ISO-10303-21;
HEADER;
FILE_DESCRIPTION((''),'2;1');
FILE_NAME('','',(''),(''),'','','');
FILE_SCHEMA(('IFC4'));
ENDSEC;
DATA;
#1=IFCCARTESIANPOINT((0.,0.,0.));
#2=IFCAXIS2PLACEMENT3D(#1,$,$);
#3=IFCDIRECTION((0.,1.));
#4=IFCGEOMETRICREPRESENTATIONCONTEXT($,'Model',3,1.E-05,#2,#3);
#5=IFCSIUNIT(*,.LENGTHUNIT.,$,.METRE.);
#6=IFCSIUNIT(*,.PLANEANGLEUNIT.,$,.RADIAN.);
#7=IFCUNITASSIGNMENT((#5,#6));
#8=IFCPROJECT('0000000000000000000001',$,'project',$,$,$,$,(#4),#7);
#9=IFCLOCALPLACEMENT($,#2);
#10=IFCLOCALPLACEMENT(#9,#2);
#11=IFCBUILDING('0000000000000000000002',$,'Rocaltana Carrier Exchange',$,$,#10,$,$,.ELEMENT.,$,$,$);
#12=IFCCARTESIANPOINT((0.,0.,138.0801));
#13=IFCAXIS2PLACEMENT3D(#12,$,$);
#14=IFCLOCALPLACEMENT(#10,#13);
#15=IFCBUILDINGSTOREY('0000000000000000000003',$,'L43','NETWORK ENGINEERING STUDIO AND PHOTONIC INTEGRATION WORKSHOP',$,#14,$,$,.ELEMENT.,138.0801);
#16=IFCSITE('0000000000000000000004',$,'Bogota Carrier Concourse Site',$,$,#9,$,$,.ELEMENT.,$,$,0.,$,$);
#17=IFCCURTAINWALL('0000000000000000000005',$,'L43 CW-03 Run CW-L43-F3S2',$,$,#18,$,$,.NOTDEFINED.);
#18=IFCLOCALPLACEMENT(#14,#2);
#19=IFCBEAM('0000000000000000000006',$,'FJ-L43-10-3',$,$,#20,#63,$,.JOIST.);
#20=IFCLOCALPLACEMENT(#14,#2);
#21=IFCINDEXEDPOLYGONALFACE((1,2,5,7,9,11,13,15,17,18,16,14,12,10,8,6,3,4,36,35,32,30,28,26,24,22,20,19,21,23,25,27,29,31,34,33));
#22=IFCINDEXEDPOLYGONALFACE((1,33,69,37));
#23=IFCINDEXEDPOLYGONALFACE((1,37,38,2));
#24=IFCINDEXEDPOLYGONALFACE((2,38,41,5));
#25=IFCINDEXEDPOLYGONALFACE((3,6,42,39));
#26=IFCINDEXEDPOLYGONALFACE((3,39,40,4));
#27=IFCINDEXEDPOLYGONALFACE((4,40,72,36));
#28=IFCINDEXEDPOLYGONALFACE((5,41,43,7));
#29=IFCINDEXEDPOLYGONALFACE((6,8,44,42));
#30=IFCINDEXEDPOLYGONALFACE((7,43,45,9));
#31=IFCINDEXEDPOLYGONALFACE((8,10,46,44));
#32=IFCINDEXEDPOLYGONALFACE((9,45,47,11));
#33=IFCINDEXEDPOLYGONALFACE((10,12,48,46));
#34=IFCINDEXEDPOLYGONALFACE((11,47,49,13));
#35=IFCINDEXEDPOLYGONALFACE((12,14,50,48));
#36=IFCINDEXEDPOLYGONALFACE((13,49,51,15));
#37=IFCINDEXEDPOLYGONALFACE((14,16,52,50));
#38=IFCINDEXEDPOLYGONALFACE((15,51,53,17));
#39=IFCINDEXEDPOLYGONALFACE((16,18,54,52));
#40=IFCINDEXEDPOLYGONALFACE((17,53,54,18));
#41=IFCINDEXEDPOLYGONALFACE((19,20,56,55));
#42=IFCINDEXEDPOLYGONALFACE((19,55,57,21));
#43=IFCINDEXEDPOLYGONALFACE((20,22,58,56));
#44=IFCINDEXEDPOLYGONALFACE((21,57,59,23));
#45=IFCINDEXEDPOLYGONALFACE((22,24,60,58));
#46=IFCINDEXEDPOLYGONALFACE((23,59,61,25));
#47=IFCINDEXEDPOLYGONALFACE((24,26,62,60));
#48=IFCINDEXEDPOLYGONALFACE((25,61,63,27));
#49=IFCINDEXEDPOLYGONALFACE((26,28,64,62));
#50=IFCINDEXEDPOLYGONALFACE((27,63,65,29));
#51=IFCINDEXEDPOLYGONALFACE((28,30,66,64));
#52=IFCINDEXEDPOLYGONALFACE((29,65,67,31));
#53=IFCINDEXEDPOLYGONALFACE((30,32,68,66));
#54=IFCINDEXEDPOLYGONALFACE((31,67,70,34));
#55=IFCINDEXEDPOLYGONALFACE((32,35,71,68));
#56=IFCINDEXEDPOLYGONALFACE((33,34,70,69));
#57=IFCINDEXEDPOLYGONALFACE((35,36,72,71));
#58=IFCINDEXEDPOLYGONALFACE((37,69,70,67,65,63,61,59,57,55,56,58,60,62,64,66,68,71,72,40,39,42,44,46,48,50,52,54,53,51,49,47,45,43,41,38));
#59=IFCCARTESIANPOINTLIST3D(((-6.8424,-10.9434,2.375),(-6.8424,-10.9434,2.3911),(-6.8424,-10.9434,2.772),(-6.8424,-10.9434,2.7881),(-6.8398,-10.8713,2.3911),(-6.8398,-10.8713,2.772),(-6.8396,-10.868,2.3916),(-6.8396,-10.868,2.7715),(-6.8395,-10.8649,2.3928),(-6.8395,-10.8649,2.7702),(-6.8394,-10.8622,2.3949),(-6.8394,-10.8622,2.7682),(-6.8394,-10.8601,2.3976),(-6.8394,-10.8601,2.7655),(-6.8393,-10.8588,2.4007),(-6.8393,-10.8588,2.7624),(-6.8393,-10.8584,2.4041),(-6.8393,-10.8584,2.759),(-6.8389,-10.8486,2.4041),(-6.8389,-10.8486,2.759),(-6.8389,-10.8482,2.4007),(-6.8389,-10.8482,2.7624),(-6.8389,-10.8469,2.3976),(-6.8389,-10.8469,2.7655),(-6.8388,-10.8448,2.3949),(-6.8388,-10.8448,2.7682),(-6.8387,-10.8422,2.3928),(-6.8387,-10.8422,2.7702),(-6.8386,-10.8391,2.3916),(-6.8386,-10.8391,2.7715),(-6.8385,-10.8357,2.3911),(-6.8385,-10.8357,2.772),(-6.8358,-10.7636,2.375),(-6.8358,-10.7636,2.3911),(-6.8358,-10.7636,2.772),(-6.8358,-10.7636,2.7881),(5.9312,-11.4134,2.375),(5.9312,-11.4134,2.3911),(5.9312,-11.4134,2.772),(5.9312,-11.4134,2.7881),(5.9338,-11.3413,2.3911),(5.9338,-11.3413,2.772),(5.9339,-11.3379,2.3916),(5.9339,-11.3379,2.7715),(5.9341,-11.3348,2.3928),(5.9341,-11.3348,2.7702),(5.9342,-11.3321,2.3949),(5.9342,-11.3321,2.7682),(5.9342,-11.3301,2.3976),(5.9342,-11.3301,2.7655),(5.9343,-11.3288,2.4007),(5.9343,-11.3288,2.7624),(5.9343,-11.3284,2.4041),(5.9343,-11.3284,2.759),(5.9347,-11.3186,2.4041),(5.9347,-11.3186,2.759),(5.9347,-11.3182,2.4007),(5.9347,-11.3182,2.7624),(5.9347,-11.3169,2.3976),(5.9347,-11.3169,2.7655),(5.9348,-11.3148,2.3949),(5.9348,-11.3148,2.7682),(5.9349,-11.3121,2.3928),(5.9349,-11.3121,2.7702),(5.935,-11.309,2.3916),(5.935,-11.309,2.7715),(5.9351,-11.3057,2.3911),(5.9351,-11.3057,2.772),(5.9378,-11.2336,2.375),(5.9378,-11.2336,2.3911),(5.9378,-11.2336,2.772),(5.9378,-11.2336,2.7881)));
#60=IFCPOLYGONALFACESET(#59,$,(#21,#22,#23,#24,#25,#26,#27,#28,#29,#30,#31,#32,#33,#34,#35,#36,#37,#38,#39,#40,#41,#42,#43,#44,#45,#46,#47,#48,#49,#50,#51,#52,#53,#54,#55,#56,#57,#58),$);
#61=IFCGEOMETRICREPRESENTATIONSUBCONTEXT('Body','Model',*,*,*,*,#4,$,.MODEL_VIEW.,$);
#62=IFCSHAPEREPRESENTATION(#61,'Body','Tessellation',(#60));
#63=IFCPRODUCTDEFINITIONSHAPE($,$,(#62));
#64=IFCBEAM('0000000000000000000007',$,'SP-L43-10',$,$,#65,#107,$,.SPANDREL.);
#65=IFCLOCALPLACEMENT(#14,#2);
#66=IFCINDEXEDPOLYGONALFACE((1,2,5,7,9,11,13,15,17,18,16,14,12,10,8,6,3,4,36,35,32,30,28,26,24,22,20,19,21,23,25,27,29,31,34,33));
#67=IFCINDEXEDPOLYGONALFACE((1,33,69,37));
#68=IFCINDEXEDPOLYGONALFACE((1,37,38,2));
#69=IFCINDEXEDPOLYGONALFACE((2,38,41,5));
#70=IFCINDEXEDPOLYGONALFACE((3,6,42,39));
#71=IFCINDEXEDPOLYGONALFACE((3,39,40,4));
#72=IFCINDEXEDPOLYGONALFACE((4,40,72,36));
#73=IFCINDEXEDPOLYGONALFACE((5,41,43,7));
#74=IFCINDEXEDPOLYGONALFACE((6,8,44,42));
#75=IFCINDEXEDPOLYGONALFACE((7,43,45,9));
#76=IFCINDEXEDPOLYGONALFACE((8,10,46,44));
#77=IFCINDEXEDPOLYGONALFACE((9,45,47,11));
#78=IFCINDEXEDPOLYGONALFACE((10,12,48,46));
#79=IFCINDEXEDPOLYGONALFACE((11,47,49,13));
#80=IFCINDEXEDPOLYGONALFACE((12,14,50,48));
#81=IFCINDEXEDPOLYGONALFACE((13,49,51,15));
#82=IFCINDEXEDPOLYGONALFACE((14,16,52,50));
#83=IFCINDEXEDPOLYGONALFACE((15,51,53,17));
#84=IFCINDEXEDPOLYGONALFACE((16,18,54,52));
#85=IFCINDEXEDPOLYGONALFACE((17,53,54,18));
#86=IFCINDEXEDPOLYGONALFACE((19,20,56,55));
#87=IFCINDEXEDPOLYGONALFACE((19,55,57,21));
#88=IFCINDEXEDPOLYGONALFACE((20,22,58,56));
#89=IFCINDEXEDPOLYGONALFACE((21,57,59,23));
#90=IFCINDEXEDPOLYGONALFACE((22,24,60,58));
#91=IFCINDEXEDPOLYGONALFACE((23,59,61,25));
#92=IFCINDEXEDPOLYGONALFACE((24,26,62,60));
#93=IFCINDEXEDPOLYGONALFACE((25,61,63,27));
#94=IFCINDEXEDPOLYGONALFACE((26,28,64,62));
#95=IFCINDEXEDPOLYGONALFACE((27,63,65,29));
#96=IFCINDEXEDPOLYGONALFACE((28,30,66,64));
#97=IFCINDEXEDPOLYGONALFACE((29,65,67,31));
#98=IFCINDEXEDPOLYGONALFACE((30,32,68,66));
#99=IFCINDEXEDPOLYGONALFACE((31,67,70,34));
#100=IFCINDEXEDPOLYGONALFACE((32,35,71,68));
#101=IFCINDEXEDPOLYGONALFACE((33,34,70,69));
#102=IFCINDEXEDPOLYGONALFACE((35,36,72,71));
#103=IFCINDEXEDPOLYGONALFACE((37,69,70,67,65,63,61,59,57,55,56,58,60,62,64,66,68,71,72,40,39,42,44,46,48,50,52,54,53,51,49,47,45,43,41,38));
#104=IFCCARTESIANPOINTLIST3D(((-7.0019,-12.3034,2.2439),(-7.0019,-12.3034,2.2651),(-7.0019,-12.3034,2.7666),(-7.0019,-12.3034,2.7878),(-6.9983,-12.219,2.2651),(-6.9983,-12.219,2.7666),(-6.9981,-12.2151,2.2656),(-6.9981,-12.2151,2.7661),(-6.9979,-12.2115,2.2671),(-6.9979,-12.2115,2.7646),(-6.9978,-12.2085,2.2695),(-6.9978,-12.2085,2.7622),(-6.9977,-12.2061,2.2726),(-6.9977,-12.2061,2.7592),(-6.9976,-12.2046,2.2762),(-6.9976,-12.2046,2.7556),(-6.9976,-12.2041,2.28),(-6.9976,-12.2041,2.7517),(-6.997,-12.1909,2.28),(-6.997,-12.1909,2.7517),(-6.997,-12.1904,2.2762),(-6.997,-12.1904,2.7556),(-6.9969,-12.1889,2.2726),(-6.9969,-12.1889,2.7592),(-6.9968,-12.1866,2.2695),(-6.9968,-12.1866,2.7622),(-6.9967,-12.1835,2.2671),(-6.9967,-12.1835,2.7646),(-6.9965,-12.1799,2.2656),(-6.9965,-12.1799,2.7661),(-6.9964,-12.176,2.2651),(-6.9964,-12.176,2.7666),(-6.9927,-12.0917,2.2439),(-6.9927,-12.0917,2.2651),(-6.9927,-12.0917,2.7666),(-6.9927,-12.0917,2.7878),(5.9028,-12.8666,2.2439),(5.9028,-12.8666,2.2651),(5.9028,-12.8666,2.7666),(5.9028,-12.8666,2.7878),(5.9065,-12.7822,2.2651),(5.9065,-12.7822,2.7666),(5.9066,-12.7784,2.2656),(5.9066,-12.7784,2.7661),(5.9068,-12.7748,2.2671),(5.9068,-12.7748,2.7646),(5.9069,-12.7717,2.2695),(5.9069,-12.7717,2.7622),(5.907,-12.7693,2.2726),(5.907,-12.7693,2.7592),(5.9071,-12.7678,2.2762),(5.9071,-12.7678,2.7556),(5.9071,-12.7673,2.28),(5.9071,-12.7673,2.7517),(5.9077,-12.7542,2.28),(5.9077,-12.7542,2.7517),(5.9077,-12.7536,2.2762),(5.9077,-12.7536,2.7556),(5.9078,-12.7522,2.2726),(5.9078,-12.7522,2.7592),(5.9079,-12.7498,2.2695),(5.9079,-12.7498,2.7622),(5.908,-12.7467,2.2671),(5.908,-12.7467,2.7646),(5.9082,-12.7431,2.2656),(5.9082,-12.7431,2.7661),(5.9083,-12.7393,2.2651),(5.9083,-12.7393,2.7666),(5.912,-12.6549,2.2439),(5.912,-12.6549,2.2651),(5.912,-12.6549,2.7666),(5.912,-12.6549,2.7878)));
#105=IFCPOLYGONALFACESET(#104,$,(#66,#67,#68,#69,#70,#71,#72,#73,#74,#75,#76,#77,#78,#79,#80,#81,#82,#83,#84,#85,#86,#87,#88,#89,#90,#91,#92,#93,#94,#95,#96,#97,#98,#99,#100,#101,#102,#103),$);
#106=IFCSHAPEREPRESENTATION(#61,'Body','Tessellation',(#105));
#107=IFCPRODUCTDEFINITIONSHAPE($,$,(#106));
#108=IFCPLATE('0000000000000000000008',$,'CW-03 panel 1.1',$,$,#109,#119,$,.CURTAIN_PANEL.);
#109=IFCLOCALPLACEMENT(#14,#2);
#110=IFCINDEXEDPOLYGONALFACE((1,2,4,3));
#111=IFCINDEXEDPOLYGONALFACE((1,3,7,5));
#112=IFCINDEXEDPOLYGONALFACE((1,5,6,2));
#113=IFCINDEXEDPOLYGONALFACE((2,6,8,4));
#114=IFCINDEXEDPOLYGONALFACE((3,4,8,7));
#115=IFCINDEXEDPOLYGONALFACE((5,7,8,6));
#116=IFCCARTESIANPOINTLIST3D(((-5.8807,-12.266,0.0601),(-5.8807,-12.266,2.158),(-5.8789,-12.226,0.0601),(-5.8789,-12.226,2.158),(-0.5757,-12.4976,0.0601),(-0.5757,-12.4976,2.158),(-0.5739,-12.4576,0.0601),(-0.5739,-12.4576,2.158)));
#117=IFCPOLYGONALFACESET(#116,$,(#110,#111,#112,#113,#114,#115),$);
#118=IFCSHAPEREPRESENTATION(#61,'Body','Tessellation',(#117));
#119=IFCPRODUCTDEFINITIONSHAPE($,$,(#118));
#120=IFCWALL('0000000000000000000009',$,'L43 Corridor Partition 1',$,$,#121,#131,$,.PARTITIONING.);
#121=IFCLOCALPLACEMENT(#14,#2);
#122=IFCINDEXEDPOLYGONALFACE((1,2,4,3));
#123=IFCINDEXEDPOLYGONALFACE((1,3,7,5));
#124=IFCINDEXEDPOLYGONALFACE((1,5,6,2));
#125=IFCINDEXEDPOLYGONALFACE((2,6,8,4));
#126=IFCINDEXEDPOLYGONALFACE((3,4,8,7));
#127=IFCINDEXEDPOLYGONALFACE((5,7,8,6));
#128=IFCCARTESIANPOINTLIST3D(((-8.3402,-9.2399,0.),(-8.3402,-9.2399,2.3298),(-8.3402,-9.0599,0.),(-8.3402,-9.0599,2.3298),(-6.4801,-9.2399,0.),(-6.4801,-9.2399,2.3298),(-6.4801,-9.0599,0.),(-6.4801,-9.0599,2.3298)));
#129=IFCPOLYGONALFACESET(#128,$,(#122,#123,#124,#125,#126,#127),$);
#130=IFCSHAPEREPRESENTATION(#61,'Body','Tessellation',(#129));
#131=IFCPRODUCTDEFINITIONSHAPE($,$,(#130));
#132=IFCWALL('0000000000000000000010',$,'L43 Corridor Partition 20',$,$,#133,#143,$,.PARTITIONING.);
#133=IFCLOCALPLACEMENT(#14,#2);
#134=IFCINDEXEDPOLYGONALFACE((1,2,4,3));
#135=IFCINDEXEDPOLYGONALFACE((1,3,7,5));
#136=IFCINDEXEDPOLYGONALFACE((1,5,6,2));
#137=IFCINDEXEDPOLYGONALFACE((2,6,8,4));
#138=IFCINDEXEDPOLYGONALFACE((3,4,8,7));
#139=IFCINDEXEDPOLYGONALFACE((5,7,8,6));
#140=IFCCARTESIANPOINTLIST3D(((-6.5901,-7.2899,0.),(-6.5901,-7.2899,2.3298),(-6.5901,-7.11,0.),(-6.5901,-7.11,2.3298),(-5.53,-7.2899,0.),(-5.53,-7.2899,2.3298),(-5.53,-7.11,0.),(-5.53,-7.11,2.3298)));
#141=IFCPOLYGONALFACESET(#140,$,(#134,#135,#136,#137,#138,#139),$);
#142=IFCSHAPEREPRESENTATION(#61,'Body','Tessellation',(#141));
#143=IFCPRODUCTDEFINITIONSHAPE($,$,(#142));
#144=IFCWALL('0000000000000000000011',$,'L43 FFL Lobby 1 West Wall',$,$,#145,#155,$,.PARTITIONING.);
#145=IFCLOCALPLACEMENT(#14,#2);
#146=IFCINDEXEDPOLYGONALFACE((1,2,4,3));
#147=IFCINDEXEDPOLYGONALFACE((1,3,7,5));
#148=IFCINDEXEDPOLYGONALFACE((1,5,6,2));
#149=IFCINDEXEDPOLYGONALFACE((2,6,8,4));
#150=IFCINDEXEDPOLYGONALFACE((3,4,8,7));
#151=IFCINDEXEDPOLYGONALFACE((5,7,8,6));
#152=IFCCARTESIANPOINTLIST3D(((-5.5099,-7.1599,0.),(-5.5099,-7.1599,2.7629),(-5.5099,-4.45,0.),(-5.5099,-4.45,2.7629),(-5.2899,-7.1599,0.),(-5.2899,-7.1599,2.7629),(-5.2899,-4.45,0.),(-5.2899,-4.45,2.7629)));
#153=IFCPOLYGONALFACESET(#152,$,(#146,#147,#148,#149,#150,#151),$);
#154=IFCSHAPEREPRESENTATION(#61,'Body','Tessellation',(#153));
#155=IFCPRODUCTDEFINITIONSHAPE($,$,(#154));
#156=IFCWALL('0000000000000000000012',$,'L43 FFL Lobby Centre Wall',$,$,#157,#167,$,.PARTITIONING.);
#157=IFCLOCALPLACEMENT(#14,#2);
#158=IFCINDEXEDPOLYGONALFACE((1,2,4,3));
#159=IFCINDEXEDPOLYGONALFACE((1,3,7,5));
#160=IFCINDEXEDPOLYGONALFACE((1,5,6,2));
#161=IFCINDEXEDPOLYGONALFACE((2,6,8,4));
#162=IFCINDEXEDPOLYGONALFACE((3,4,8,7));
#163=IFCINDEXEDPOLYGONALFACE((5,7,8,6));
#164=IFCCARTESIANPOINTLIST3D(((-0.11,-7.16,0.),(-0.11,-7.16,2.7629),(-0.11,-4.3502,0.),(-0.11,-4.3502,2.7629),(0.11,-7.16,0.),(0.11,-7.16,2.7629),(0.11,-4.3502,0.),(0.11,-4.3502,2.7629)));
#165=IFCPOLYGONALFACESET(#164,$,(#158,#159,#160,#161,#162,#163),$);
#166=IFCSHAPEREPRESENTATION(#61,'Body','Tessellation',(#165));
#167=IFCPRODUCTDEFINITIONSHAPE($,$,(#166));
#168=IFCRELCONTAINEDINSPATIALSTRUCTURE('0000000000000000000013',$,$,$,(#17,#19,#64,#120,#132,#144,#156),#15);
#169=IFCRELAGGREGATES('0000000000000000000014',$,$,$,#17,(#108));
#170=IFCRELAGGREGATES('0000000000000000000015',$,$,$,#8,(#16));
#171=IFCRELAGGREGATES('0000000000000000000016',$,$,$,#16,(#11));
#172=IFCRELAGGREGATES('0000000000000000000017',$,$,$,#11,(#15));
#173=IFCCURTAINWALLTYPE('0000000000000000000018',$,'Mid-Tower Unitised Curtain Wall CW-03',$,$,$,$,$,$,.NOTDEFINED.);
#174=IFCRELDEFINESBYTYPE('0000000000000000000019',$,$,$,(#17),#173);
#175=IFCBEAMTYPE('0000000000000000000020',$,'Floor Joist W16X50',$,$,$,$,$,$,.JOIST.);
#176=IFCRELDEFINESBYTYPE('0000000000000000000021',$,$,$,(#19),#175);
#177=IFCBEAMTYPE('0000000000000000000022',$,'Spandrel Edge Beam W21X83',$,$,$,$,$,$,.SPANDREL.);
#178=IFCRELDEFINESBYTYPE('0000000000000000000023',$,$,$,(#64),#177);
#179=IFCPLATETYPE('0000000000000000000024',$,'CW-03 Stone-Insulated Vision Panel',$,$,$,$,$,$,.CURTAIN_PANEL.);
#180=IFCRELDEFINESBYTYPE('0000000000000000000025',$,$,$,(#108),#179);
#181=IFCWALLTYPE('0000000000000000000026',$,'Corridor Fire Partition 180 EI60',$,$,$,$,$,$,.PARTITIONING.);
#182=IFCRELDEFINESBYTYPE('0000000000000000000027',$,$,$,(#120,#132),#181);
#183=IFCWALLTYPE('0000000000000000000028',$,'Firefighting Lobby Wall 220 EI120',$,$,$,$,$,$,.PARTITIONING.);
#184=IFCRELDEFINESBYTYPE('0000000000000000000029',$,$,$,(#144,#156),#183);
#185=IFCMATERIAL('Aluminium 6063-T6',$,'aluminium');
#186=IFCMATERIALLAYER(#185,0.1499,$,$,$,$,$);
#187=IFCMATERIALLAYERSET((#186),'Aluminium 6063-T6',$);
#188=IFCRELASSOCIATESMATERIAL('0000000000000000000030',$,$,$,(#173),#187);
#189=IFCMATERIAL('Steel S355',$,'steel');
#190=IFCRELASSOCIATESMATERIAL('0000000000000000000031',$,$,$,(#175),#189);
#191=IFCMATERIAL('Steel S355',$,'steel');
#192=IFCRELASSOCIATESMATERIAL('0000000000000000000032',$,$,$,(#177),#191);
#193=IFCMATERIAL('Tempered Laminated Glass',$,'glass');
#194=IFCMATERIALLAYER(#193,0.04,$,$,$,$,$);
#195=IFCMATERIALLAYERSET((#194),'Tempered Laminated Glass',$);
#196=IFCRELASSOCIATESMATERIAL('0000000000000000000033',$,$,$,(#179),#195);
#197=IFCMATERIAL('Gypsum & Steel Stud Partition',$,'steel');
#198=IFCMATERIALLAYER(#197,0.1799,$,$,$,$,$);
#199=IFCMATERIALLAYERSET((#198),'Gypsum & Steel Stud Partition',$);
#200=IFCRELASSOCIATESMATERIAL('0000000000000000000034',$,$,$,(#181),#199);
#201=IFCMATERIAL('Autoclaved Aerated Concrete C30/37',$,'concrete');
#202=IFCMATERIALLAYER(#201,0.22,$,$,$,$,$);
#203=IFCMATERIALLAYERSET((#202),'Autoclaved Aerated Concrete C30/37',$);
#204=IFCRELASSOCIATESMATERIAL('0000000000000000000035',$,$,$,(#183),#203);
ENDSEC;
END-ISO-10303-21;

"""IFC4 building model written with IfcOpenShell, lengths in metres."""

from ifc_helpers import new_model, si_unit, direction, frame, frame_2d, origin, origin_2d, place, context, subcontext, project, spatial, rectangle, i_section, extrude, material, layer, layer_set, material_profile, profile_set, type_object, element, aggregate, save


model = new_model("IFC4")

# Units and contexts
model_context = context("Model", 3, precision=1e-05, world=origin(), true_north=direction((0.0, 1.0)))
body_context = subcontext(model_context, "Body", "Model", "MODEL_VIEW")
ifc_project = project(units=[si_unit("LENGTHUNIT", "METRE"), si_unit("PLANEANGLEUNIT", "RADIAN")], contexts=[model_context])

# Site, building, storey
site_placement = place(None, origin())
site = spatial("IfcSite", under=ifc_project, at=site_placement, Name="Bogota Carrier Concourse Site", CompositionType="ELEMENT", RefElevation=0.0)
building_placement = place(site_placement, origin())
building = spatial("IfcBuilding", under=site, at=building_placement, Name="Rocaltana Carrier Exchange", CompositionType="ELEMENT")
storey_placement = place(building_placement, frame((0.0, 0.0, 138.0801)))
storey = spatial("IfcBuildingStorey", under=building, at=storey_placement, Name="L43", Description="NETWORK ENGINEERING STUDIO AND PHOTONIC INTEGRATION WORKSHOP", CompositionType="ELEMENT", Elevation=138.0801)

# Curtain wall
ifc_material_1 = material(Name="Aluminium 6063-T6", Category="aluminium")
ifc_layer_1 = layer(ifc_material_1, 0.1499)
ifc_layer_set_1 = layer_set([ifc_layer_1], Name="Aluminium 6063-T6")
curtain_wall_type = type_object("IfcCurtainWallType", Name="Mid-Tower Unitised Curtain Wall CW-03", PredefinedType="NOTDEFINED", material=ifc_layer_set_1)
curtain_wall_placement = place(storey_placement, origin())
curtain_wall = element("IfcCurtainWall", 1, at=curtain_wall_placement, inside=storey, type_object=curtain_wall_type, Name="L43 CW-03 Run CW-L43-F3S2", PredefinedType="NOTDEFINED")

# Beams
ifc_material_2 = material(Name="Steel S355", Category="steel")
ifc_material_profile_1 = material_profile(ifc_material_2, i_section(OverallWidth=0.1799, OverallDepth=0.4131, WebThickness=0.0098, FlangeThickness=0.0161, FilletRadius=0.0129, at=origin_2d()), Name="W16X50")
ifc_profile_set_1 = profile_set([ifc_material_profile_1], Name="Steel S355")
beam_type_1 = type_object("IfcBeamType", Name="Floor Joist W16X50", PredefinedType="JOIST", material=ifc_profile_set_1)
beam_1_placement = place(storey_placement, frame((-6.8391, -10.8535, 2.5815), z_axis=(0.999324, -0.036767, 0.0), x_axis=(0.036767, 0.999324, 0.0)))
element("IfcBeam", 2, at=beam_1_placement, inside=storey, type_object=beam_type_1, Name="FJ-L43-10-3", PredefinedType="JOIST", context=body_context, shape_type="SweptSolid", body=[
    extrude(i_section(OverallWidth=0.1799, OverallDepth=0.4131, WebThickness=0.0098, FlangeThickness=0.0161, FilletRadius=0.0129, at=origin_2d()), origin(), (0.0, 0.0, 1.0), 12.7822),
])
ifc_material_3 = material(Name="Steel S355", Category="steel")
ifc_material_profile_2 = material_profile(ifc_material_3, i_section(OverallWidth=0.2119, OverallDepth=0.5439, WebThickness=0.0132, FlangeThickness=0.0212, FilletRadius=0.0149, at=origin_2d()), Name="W21X83")
ifc_profile_set_2 = profile_set([ifc_material_profile_2], Name="Steel S355")
beam_type_2 = type_object("IfcBeamType", Name="Spandrel Edge Beam W21X83", PredefinedType="SPANDREL", material=ifc_profile_set_2)
beam_2_placement = place(storey_placement, frame((-6.9973, -12.1975, 2.5159), z_axis=(0.999049, -0.043604, 0.0), x_axis=(0.043604, 0.999049, 0.0)))
element("IfcBeam", 3, at=beam_2_placement, inside=storey, type_object=beam_type_2, Name="SP-L43-10", PredefinedType="SPANDREL", context=body_context, shape_type="SweptSolid", body=[
    extrude(i_section(OverallWidth=0.2119, OverallDepth=0.5439, WebThickness=0.0132, FlangeThickness=0.0212, FilletRadius=0.0149, at=origin_2d()), origin(), (0.0, 0.0, 1.0), 12.917),
])

# Plate
ifc_material_4 = material(Name="Tempered Laminated Glass", Category="glass")
ifc_layer_2 = layer(ifc_material_4, 0.04)
ifc_layer_set_2 = layer_set([ifc_layer_2], Name="Tempered Laminated Glass")
plate_type = type_object("IfcPlateType", Name="CW-03 Stone-Insulated Vision Panel", PredefinedType="CURTAIN_PANEL", material=ifc_layer_set_2)
plate_placement = place(storey_placement, frame((-3.2273, -12.3618, 0.0601), z_axis=(0.0, 0.0, 1.0), x_axis=(0.999048, -0.04362, 0.0)))
plate = element("IfcPlate", 4, at=plate_placement, type_object=plate_type, Name="CW-03 panel 1.1", PredefinedType="CURTAIN_PANEL", context=body_context, shape_type="SweptSolid", body=[
    extrude(rectangle(XDim=5.3101, YDim=0.04, at=origin_2d()), origin(), (0.0, 0.0, 1.0), 2.0979),
])
aggregate(curtain_wall, [plate])

# Walls
ifc_material_5 = material(Name="Gypsum & Steel Stud Partition", Category="steel")
ifc_layer_3 = layer(ifc_material_5, 0.1799)
ifc_layer_set_3 = layer_set([ifc_layer_3], Name="Gypsum & Steel Stud Partition")
wall_type_1 = type_object("IfcWallType", Name="Corridor Fire Partition 180 EI60", PredefinedType="PARTITIONING", material=ifc_layer_set_3)
wall_1_placement = place(storey_placement, frame((-6.48, -9.1499, 0.0), z_axis=(0.0, 0.0, 1.0), x_axis=(-1.0, 0.0, 0.0)))
element("IfcWall", 5, at=wall_1_placement, inside=storey, type_object=wall_type_1, Name="L43 Corridor Partition 1", PredefinedType="PARTITIONING", context=body_context, shape_type="SweptSolid", body=[
    extrude(rectangle(XDim=1.8601, YDim=0.1799, at=frame_2d((0.9302, 0.0))), origin(), (0.0, 0.0, 1.0), 2.3298),
])
wall_2_placement = place(storey_placement, frame((-6.5901, -7.2, 0.0), z_axis=(0.0, 0.0, 1.0), x_axis=(1.0, 0.0, 0.0)))
element("IfcWall", 6, at=wall_2_placement, inside=storey, type_object=wall_type_1, Name="L43 Corridor Partition 20", PredefinedType="PARTITIONING", context=body_context, shape_type="SweptSolid", body=[
    extrude(rectangle(XDim=1.0601, YDim=0.1799, at=frame_2d((0.53, 0.0))), origin(), (0.0, 0.0, 1.0), 2.3298),
])
ifc_material_6 = material(Name="Autoclaved Aerated Concrete C30/37", Category="concrete")
ifc_layer_4 = layer(ifc_material_6, 0.22)
ifc_layer_set_4 = layer_set([ifc_layer_4], Name="Autoclaved Aerated Concrete C30/37")
wall_type_2 = type_object("IfcWallType", Name="Firefighting Lobby Wall 220 EI120", PredefinedType="PARTITIONING", material=ifc_layer_set_4)
wall_3_placement = place(storey_placement, frame((-5.3999, -7.1599, 0.0), z_axis=(0.0, 0.0, 1.0), x_axis=(0.0, 1.0, 0.0)))
element("IfcWall", 7, at=wall_3_placement, inside=storey, type_object=wall_type_2, Name="L43 FFL Lobby 1 West Wall", PredefinedType="PARTITIONING", context=body_context, shape_type="SweptSolid", body=[
    extrude(rectangle(XDim=2.71, YDim=0.22, at=frame_2d((1.355, 0.0))), origin(), (0.0, 0.0, 1.0), 2.7629),
])
wall_4_placement = place(storey_placement, frame((0.0, -7.1599, 0.0), z_axis=(0.0, 0.0, 1.0), x_axis=(0.0, 1.0, 0.0)))
element("IfcWall", 8, at=wall_4_placement, inside=storey, type_object=wall_type_2, Name="L43 FFL Lobby Centre Wall", PredefinedType="PARTITIONING", context=body_context, shape_type="SweptSolid", body=[
    extrude(rectangle(XDim=2.8098, YDim=0.22, at=frame_2d((1.4048, 0.0))), origin(), (0.0, 0.0, 1.0), 2.7629),
])

save(model, "model.ifc")
